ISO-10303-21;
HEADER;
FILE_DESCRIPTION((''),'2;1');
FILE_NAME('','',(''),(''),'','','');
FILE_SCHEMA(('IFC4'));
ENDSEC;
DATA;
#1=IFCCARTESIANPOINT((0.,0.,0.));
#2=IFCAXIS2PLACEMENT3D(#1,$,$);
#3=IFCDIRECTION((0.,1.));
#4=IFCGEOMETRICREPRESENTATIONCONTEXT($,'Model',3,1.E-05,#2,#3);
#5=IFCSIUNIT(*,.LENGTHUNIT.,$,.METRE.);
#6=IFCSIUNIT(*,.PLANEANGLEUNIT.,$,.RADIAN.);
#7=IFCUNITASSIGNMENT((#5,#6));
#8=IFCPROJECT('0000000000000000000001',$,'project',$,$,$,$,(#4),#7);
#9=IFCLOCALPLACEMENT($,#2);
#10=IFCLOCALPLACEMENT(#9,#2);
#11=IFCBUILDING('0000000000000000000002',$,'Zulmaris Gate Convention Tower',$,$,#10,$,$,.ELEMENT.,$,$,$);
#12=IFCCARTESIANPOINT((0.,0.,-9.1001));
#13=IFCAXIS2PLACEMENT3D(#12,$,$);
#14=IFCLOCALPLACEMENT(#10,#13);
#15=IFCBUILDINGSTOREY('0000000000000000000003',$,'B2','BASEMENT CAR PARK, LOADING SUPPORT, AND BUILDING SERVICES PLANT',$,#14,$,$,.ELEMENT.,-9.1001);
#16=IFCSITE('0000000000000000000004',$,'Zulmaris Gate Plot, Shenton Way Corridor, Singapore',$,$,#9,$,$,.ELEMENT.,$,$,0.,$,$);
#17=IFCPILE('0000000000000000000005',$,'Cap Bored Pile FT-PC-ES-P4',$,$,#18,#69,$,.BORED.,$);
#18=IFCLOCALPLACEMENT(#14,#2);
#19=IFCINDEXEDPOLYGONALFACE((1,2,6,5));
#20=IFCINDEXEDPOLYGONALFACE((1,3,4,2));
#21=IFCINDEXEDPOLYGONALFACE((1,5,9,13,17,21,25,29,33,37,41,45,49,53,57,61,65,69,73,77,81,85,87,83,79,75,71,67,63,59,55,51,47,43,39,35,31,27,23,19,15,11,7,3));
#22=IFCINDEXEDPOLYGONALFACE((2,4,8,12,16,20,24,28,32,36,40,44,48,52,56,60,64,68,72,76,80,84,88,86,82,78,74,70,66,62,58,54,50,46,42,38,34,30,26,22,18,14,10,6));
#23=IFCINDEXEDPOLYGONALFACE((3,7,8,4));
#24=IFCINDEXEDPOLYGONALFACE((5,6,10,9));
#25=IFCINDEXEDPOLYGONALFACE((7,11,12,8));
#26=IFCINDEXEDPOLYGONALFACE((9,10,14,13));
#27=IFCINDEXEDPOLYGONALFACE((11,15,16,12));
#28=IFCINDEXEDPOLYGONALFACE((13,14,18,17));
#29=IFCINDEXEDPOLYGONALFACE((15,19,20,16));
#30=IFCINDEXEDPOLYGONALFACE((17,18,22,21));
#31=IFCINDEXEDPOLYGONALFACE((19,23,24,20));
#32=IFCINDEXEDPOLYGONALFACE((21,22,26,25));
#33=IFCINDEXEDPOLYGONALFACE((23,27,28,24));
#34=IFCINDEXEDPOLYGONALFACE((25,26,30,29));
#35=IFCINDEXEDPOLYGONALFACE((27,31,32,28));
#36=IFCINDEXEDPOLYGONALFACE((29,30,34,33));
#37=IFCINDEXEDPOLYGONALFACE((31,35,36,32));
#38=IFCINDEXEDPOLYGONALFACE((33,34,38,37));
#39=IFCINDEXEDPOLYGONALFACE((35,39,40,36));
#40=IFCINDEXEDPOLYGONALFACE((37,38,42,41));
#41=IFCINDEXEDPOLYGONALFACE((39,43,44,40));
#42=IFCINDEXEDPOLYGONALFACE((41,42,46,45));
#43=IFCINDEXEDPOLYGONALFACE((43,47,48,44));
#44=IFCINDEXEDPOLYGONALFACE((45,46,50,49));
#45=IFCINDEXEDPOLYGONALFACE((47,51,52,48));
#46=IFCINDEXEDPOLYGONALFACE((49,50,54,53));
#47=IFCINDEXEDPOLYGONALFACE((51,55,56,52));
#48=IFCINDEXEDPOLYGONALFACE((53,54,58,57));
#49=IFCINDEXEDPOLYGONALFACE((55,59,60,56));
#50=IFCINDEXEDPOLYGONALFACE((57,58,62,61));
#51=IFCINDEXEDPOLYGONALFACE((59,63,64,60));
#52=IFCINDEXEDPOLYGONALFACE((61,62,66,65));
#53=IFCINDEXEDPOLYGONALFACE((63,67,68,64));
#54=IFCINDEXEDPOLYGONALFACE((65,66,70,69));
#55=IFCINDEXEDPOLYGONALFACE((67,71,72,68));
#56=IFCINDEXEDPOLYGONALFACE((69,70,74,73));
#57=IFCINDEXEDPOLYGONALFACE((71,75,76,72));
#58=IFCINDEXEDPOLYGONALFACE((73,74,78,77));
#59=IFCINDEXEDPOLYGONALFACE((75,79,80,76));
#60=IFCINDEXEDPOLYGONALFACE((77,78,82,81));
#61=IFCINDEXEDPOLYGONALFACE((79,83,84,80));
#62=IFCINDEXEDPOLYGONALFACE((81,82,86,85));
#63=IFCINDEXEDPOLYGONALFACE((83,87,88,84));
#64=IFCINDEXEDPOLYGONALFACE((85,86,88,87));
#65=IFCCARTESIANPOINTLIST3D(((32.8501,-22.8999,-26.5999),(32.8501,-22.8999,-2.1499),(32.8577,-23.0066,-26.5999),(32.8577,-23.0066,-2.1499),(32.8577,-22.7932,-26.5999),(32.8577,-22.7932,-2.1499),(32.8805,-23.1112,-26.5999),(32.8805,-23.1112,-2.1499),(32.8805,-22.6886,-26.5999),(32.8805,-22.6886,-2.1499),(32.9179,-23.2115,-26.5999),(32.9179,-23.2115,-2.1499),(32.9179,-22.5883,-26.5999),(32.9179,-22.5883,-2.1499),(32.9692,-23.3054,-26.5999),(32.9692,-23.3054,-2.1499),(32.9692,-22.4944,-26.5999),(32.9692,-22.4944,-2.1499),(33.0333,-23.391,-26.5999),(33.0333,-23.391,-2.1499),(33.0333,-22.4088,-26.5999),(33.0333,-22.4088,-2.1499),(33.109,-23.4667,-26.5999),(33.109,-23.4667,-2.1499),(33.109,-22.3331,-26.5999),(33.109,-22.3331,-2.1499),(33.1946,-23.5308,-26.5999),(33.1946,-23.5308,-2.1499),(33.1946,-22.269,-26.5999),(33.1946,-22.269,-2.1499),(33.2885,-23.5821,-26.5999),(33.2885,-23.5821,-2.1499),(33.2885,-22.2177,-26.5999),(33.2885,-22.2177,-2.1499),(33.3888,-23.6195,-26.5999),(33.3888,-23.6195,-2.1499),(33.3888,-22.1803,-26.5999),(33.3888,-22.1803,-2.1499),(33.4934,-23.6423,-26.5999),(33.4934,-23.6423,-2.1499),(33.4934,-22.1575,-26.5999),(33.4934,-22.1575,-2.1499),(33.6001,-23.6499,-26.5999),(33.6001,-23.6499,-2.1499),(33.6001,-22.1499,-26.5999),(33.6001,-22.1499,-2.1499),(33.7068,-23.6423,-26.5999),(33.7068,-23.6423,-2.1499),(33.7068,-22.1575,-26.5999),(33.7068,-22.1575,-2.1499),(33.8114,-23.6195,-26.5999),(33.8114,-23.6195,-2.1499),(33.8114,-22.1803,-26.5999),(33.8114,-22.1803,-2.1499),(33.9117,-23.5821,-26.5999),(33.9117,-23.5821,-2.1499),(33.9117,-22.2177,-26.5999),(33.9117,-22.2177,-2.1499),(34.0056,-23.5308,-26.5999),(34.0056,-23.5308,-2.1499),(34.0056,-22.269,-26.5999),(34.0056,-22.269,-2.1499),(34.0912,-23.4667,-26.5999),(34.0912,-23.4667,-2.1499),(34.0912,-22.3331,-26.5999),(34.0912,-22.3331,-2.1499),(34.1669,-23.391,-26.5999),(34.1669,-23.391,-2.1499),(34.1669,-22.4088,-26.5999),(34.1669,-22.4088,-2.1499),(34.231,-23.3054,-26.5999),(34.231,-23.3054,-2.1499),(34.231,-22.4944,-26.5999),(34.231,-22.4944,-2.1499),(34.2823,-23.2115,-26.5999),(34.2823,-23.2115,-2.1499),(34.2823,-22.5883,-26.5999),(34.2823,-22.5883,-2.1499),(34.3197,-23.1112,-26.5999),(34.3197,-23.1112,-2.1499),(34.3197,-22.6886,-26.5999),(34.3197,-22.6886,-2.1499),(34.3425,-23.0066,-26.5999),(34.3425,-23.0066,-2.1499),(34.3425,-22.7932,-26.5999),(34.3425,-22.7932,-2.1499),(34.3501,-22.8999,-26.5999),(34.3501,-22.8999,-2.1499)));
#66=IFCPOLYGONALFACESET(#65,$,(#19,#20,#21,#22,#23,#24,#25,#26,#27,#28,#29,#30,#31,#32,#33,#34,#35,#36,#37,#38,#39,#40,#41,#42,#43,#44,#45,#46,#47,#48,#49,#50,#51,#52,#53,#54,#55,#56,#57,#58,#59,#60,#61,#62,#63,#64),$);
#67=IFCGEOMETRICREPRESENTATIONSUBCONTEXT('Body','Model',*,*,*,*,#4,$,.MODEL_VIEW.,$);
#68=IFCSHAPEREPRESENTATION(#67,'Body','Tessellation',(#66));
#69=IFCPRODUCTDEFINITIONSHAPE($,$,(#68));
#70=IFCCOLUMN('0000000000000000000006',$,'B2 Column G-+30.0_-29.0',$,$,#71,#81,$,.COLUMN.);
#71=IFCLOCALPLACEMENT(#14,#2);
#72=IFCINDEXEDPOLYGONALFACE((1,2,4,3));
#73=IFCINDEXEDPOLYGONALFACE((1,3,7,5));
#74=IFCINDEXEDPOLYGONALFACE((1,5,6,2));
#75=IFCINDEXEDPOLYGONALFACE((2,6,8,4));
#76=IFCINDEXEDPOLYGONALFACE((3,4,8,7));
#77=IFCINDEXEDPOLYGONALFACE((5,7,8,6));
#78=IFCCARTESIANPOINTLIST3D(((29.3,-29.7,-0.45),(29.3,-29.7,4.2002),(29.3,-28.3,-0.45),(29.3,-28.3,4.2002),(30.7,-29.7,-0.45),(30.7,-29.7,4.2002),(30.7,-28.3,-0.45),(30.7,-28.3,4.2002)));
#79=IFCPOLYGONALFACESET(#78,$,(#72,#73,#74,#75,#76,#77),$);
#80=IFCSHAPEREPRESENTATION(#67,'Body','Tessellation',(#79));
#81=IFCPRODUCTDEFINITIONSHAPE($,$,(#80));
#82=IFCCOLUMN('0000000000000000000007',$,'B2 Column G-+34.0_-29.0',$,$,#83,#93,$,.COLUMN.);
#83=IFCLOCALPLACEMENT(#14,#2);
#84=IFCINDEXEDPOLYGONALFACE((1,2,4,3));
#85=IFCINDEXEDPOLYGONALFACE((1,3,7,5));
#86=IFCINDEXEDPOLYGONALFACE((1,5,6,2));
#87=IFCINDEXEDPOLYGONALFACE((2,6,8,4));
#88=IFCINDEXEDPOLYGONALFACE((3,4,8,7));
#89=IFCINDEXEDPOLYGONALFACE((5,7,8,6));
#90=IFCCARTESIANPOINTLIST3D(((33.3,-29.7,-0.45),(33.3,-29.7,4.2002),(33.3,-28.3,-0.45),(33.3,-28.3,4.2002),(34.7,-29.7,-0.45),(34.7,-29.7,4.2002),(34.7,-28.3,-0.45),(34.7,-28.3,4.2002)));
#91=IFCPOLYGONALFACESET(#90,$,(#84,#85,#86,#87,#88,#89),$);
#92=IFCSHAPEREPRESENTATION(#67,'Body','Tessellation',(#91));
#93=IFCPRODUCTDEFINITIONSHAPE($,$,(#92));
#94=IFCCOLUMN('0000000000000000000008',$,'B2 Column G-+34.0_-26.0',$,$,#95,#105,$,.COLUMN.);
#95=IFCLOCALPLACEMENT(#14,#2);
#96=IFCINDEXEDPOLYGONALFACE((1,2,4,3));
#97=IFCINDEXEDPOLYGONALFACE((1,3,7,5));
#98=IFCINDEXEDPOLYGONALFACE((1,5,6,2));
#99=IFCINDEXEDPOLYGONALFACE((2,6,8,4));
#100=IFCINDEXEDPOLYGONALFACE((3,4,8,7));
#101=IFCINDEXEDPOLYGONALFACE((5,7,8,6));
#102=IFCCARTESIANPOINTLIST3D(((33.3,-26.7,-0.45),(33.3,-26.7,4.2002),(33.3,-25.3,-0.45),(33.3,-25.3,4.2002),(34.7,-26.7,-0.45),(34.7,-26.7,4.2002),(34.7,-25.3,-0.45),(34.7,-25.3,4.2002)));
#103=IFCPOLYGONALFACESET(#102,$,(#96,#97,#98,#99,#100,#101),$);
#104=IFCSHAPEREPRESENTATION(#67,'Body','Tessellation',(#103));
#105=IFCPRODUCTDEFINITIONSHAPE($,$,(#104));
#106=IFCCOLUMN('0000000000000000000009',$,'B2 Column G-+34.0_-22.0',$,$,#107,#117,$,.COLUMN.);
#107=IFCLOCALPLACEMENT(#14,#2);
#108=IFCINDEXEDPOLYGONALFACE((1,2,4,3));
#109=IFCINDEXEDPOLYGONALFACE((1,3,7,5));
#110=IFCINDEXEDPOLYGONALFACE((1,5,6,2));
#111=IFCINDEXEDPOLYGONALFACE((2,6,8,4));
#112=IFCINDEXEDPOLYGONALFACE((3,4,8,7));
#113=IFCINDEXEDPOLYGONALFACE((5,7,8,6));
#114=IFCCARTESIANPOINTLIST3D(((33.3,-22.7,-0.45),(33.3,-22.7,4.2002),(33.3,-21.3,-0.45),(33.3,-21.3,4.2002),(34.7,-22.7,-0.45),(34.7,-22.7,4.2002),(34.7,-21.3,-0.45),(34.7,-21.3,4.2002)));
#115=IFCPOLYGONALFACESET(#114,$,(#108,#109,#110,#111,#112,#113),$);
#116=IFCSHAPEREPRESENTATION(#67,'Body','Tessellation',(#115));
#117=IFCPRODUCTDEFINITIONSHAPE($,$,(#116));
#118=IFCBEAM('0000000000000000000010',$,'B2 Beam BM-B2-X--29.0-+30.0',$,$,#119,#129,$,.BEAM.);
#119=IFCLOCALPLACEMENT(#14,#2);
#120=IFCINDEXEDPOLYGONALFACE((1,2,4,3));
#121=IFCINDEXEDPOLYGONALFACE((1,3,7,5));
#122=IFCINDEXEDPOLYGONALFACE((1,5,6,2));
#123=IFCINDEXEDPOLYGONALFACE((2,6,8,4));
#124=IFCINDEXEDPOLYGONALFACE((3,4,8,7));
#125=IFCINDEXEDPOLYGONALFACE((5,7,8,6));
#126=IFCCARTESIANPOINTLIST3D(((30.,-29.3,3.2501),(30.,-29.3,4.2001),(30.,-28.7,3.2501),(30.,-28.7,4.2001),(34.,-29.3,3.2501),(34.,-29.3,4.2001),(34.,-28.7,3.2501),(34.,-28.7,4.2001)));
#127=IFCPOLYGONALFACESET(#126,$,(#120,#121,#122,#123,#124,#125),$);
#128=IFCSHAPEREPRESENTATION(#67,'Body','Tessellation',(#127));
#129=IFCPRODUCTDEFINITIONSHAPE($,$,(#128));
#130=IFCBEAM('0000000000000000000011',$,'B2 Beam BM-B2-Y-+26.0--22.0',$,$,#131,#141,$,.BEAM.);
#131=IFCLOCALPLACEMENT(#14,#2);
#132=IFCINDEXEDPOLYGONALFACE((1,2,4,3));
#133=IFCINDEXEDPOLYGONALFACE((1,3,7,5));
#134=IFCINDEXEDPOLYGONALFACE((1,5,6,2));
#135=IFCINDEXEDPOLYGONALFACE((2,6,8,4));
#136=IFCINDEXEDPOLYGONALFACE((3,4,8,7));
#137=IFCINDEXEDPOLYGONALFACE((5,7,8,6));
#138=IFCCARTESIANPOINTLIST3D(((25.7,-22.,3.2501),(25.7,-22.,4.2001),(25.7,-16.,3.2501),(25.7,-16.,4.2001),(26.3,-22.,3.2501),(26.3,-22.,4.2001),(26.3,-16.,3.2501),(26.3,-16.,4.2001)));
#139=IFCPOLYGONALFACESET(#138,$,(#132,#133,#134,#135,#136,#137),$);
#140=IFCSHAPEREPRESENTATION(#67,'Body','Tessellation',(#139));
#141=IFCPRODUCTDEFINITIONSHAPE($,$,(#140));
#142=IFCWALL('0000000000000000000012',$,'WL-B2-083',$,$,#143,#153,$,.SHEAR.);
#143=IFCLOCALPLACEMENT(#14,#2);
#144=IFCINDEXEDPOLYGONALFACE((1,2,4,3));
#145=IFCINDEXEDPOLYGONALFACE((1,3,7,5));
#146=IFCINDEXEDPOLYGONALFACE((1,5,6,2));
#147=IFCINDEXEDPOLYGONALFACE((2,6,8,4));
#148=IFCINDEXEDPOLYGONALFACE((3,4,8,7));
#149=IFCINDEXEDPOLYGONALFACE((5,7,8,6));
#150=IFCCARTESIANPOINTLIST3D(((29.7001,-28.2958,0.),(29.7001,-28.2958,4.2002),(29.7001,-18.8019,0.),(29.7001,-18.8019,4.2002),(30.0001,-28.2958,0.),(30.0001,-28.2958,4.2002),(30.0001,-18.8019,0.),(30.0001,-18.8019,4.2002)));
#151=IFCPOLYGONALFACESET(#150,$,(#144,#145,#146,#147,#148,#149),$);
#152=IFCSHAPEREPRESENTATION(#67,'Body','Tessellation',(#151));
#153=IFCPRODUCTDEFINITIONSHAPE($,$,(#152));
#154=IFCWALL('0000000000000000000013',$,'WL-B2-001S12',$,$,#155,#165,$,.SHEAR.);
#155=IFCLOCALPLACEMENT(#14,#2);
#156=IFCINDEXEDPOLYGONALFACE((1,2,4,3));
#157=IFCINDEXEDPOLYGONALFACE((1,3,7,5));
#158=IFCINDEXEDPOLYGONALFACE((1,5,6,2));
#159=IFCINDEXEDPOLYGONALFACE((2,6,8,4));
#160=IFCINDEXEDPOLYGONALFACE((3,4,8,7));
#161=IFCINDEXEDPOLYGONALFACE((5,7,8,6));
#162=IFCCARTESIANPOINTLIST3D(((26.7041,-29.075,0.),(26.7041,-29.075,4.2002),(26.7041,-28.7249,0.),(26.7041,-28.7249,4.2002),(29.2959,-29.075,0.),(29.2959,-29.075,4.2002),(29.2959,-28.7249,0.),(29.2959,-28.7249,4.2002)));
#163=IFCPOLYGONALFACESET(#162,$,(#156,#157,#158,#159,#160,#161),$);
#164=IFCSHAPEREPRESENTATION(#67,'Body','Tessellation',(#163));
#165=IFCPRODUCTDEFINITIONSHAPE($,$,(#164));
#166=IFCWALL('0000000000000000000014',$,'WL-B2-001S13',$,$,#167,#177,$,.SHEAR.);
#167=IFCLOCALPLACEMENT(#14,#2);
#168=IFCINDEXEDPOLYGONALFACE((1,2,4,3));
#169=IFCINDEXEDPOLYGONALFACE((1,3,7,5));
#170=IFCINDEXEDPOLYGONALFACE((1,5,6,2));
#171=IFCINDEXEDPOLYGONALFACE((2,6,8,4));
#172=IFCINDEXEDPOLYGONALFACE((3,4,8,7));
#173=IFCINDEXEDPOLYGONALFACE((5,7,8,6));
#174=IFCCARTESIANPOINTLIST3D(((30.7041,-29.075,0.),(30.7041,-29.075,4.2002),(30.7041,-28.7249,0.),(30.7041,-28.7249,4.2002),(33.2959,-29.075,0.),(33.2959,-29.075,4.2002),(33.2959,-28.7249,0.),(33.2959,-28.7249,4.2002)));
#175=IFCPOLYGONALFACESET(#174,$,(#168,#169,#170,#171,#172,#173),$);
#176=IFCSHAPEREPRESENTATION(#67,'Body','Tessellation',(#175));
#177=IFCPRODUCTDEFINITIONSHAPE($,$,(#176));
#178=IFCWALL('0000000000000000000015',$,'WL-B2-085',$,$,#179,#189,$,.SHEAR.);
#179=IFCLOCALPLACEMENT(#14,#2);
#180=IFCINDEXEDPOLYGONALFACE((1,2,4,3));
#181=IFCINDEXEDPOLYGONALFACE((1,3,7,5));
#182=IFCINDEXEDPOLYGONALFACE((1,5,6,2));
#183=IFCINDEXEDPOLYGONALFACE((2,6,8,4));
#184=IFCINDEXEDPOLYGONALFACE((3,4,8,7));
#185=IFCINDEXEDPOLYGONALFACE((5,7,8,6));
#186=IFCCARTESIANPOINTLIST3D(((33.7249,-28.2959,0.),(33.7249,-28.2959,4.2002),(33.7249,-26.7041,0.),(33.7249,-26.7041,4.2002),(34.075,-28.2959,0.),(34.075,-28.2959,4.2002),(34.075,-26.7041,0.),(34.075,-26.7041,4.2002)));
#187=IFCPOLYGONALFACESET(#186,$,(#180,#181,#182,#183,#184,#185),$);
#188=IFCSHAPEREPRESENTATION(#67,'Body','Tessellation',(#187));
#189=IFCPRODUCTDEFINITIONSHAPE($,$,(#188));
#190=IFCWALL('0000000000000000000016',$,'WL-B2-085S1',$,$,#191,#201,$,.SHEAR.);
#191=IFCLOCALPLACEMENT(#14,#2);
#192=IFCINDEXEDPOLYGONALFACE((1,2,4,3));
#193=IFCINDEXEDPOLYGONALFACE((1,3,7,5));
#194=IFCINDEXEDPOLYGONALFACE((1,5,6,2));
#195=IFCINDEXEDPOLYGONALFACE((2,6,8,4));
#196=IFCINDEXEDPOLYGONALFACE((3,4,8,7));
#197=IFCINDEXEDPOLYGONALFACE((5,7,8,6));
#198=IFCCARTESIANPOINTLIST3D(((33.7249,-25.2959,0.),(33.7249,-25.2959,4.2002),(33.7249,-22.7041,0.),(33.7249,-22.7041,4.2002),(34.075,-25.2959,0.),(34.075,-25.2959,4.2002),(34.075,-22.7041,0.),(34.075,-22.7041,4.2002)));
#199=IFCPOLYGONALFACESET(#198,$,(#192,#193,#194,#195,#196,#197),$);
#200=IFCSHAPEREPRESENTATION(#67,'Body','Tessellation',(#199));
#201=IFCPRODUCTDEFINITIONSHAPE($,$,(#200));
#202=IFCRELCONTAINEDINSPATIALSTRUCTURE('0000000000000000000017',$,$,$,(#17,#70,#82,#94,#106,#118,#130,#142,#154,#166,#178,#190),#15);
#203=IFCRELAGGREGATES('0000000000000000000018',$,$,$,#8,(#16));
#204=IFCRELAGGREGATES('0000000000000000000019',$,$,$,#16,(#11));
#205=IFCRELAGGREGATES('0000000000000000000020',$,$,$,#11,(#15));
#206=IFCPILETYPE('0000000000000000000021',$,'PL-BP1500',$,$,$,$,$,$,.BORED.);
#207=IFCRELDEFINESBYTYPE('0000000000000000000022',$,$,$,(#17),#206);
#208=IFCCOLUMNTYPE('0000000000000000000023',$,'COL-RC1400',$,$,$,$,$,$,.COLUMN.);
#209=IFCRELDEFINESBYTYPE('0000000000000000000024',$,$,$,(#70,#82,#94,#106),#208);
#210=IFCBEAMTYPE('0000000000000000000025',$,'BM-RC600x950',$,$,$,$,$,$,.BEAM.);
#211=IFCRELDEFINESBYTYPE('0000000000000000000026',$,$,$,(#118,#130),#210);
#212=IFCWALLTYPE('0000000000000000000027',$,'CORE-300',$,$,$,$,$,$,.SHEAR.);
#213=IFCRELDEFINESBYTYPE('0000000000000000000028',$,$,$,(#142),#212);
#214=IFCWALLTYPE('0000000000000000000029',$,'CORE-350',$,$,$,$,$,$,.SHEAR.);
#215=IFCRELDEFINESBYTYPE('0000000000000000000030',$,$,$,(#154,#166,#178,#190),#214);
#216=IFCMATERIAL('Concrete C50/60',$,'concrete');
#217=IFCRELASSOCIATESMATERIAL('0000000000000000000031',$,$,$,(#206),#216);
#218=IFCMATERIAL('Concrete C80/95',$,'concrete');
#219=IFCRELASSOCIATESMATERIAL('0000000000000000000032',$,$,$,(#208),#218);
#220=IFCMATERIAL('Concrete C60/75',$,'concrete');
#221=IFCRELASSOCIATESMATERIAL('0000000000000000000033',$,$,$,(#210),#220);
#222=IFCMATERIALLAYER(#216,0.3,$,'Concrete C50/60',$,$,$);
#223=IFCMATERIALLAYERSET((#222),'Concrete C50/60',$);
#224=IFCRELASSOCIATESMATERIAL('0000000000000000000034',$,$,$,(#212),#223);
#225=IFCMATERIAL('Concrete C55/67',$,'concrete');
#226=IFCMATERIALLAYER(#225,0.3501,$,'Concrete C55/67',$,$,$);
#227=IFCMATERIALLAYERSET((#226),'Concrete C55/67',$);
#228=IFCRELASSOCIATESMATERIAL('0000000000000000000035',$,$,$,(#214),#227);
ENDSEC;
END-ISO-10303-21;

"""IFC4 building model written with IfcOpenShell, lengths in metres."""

from ifc_helpers import new_model, si_unit, direction, frame, frame_2d, origin, origin_2d, place, context, subcontext, project, spatial, rectangle, circle, extrude, material, layer, layer_set, material_profile, profile_set, type_object, element, save


model = new_model("IFC4")

# Units and contexts
model_context = context("Model", 3, precision=1e-05, world=origin(), true_north=direction((0.0, 1.0)))
body_context = subcontext(model_context, "Body", "Model", "MODEL_VIEW")
ifc_project = project(units=[si_unit("LENGTHUNIT", "METRE"), si_unit("PLANEANGLEUNIT", "RADIAN")], contexts=[model_context])

# Site, building, storey
site_placement = place(None, origin())
site = spatial("IfcSite", under=ifc_project, at=site_placement, Name="Zulmaris Gate Plot, Shenton Way Corridor, Singapore", CompositionType="ELEMENT", RefElevation=0.0)
building_placement = place(site_placement, origin())
building = spatial("IfcBuilding", under=site, at=building_placement, Name="Zulmaris Gate Convention Tower", CompositionType="ELEMENT")
storey_placement = place(building_placement, frame((0.0, 0.0, -9.1001)))
storey = spatial("IfcBuildingStorey", under=building, at=storey_placement, Name="B2", Description="BASEMENT CAR PARK, LOADING SUPPORT, AND BUILDING SERVICES PLANT", CompositionType="ELEMENT", Elevation=-9.1001)

# Shared definitions
ifc_material_1 = material(Name="Concrete C50/60", Category="concrete")

# Pile
ifc_material_profile_1 = material_profile(ifc_material_1, circle(Radius=0.75, at=origin_2d()), Name="BORED PILE 1500")
ifc_profile_set_1 = profile_set([ifc_material_profile_1], Name="Concrete C50/60")
pile_type = type_object("IfcPileType", Name="PL-BP1500", PredefinedType="BORED", material=ifc_profile_set_1)
for number, where, z_axis, x_axis, name in (
    (1, (33.6001, -22.8999, -2.1499), (0.0, 0.0, -1.0), (1.0, 0.0, 0.0), "Cap Bored Pile FT-PC-ES-P4"),
):
    element("IfcPile", number, at=place(storey_placement, frame(where, z_axis=z_axis, x_axis=x_axis)), inside=storey, type_object=pile_type, Name=name, PredefinedType="BORED", context=body_context, shape_type="SweptSolid", body=[
        extrude(circle(Radius=0.75, at=origin_2d()), origin(), (0.0, 0.0, 1.0), 24.45),
    ])

# Columns
ifc_material_2 = material(Name="Concrete C80/95", Category="concrete")
ifc_material_profile_2 = material_profile(ifc_material_2, rectangle(XDim=1.3999, YDim=1.3999, at=origin_2d()), Name="RC COL 1400x1400")
ifc_profile_set_2 = profile_set([ifc_material_profile_2], Name="Concrete C80/95")
column_type = type_object("IfcColumnType", Name="COL-RC1400", PredefinedType="COLUMN", material=ifc_profile_set_2)
for number, where, z_axis, x_axis, name in (
    (2, (30.0, -29.0, -0.45), (0.0, 0.0, 1.0), (1.0, 0.0, 0.0), "B2 Column G-+30.0_-29.0"),
    (3, (34.0, -29.0, -0.45), (0.0, 0.0, 1.0), (1.0, 0.0, 0.0), "B2 Column G-+34.0_-29.0"),
    (4, (34.0, -26.0, -0.45), (0.0, 0.0, 1.0), (1.0, 0.0, 0.0), "B2 Column G-+34.0_-26.0"),
    (5, (34.0, -22.0, -0.45), (0.0, 0.0, 1.0), (1.0, 0.0, 0.0), "B2 Column G-+34.0_-22.0"),
):
    element("IfcColumn", number, at=place(storey_placement, frame(where, z_axis=z_axis, x_axis=x_axis)), inside=storey, type_object=column_type, Name=name, PredefinedType="COLUMN", context=body_context, shape_type="SweptSolid", body=[
        extrude(rectangle(XDim=1.3999, YDim=1.3999, at=origin_2d()), origin(), (0.0, 0.0, 1.0), 4.6501),
    ])

# Beams
ifc_material_3 = material(Name="Concrete C60/75", Category="concrete")
ifc_material_profile_3 = material_profile(ifc_material_3, rectangle(XDim=0.6001, YDim=0.95, at=origin_2d()), Name="RC BEAM 600x950")
ifc_profile_set_3 = profile_set([ifc_material_profile_3], Name="Concrete C60/75")
beam_type = type_object("IfcBeamType", Name="BM-RC600x950", PredefinedType="BEAM", material=ifc_profile_set_3)
beam_1_placement = place(storey_placement, frame((30.0, -29.0, 3.7251), z_axis=(1.0, 0.0, 0.0), x_axis=(0.0, 1.0, 0.0)))
element("IfcBeam", 6, at=beam_1_placement, inside=storey, type_object=beam_type, Name="B2 Beam BM-B2-X--29.0-+30.0", PredefinedType="BEAM", context=body_context, shape_type="SweptSolid", body=[
    extrude(rectangle(XDim=0.6001, YDim=0.95, at=origin_2d()), origin(), (0.0, 0.0, 1.0), 4.0),
])
beam_2_placement = place(storey_placement, frame((26.0, -22.0, 3.7251), z_axis=(0.0, 1.0, 0.0), x_axis=(-1.0, 0.0, 0.0)))
element("IfcBeam", 7, at=beam_2_placement, inside=storey, type_object=beam_type, Name="B2 Beam BM-B2-Y-+26.0--22.0", PredefinedType="BEAM", context=body_context, shape_type="SweptSolid", body=[
    extrude(rectangle(XDim=0.6001, YDim=0.95, at=origin_2d()), origin(), (0.0, 0.0, 1.0), 6.0),
])

# Walls
ifc_layer_1 = layer(ifc_material_1, 0.3, Name="Concrete C50/60")
ifc_layer_set_1 = layer_set([ifc_layer_1], Name="Concrete C50/60")
wall_type_1 = type_object("IfcWallType", Name="CORE-300", PredefinedType="SHEAR", material=ifc_layer_set_1)
wall_1_placement = place(storey_placement, frame((29.8501, -28.2959, 0.0), z_axis=(0.0, 0.0, 1.0), x_axis=(0.0, 1.0, 0.0)))
element("IfcWall", 8, at=wall_1_placement, inside=storey, type_object=wall_type_1, Name="WL-B2-083", PredefinedType="SHEAR", context=body_context, shape_type="SweptSolid", body=[
    extrude(rectangle(XDim=9.4939, YDim=0.3, at=frame_2d((4.7471, 0.0))), origin(), (0.0, 0.0, 1.0), 4.2002),
])
ifc_material_4 = material(Name="Concrete C55/67", Category="concrete")
ifc_layer_2 = layer(ifc_material_4, 0.3501, Name="Concrete C55/67")
ifc_layer_set_2 = layer_set([ifc_layer_2], Name="Concrete C55/67")
wall_type_2 = type_object("IfcWallType", Name="CORE-350", PredefinedType="SHEAR", material=ifc_layer_set_2)
for number, where, z_axis, x_axis, name in (
    (9, (26.7041, -28.8999, 0.0), (0.0, 0.0, 1.0), (1.0, 0.0, 0.0), "WL-B2-001S12"),
    (10, (30.7041, -28.8999, 0.0), (0.0, 0.0, 1.0), (1.0, 0.0, 0.0), "WL-B2-001S13"),
):
    element("IfcWall", number, at=place(storey_placement, frame(where, z_axis=z_axis, x_axis=x_axis)), inside=storey, type_object=wall_type_2, Name=name, PredefinedType="SHEAR", context=body_context, shape_type="SweptSolid", body=[
        extrude(rectangle(XDim=2.5918, YDim=0.3501, at=frame_2d((1.2959, 0.0))), origin(), (0.0, 0.0, 1.0), 4.2002),
    ])
wall_2_placement = place(storey_placement, frame((33.8999, -28.2959, 0.0), z_axis=(0.0, 0.0, 1.0), x_axis=(0.0, 1.0, 0.0)))
element("IfcWall", 11, at=wall_2_placement, inside=storey, type_object=wall_type_2, Name="WL-B2-085", PredefinedType="SHEAR", context=body_context, shape_type="SweptSolid", body=[
    extrude(rectangle(XDim=1.5918, YDim=0.3501, at=frame_2d((0.7959, 0.0))), origin(), (0.0, 0.0, 1.0), 4.2002),
])
wall_3_placement = place(storey_placement, frame((33.8999, -25.2959, 0.0), z_axis=(0.0, 0.0, 1.0), x_axis=(0.0, 1.0, 0.0)))
element("IfcWall", 12, at=wall_3_placement, inside=storey, type_object=wall_type_2, Name="WL-B2-085S1", PredefinedType="SHEAR", context=body_context, shape_type="SweptSolid", body=[
    extrude(rectangle(XDim=2.5918, YDim=0.3501, at=frame_2d((1.2959, 0.0))), origin(), (0.0, 0.0, 1.0), 4.2002),
])

save(model, "model.ifc")
